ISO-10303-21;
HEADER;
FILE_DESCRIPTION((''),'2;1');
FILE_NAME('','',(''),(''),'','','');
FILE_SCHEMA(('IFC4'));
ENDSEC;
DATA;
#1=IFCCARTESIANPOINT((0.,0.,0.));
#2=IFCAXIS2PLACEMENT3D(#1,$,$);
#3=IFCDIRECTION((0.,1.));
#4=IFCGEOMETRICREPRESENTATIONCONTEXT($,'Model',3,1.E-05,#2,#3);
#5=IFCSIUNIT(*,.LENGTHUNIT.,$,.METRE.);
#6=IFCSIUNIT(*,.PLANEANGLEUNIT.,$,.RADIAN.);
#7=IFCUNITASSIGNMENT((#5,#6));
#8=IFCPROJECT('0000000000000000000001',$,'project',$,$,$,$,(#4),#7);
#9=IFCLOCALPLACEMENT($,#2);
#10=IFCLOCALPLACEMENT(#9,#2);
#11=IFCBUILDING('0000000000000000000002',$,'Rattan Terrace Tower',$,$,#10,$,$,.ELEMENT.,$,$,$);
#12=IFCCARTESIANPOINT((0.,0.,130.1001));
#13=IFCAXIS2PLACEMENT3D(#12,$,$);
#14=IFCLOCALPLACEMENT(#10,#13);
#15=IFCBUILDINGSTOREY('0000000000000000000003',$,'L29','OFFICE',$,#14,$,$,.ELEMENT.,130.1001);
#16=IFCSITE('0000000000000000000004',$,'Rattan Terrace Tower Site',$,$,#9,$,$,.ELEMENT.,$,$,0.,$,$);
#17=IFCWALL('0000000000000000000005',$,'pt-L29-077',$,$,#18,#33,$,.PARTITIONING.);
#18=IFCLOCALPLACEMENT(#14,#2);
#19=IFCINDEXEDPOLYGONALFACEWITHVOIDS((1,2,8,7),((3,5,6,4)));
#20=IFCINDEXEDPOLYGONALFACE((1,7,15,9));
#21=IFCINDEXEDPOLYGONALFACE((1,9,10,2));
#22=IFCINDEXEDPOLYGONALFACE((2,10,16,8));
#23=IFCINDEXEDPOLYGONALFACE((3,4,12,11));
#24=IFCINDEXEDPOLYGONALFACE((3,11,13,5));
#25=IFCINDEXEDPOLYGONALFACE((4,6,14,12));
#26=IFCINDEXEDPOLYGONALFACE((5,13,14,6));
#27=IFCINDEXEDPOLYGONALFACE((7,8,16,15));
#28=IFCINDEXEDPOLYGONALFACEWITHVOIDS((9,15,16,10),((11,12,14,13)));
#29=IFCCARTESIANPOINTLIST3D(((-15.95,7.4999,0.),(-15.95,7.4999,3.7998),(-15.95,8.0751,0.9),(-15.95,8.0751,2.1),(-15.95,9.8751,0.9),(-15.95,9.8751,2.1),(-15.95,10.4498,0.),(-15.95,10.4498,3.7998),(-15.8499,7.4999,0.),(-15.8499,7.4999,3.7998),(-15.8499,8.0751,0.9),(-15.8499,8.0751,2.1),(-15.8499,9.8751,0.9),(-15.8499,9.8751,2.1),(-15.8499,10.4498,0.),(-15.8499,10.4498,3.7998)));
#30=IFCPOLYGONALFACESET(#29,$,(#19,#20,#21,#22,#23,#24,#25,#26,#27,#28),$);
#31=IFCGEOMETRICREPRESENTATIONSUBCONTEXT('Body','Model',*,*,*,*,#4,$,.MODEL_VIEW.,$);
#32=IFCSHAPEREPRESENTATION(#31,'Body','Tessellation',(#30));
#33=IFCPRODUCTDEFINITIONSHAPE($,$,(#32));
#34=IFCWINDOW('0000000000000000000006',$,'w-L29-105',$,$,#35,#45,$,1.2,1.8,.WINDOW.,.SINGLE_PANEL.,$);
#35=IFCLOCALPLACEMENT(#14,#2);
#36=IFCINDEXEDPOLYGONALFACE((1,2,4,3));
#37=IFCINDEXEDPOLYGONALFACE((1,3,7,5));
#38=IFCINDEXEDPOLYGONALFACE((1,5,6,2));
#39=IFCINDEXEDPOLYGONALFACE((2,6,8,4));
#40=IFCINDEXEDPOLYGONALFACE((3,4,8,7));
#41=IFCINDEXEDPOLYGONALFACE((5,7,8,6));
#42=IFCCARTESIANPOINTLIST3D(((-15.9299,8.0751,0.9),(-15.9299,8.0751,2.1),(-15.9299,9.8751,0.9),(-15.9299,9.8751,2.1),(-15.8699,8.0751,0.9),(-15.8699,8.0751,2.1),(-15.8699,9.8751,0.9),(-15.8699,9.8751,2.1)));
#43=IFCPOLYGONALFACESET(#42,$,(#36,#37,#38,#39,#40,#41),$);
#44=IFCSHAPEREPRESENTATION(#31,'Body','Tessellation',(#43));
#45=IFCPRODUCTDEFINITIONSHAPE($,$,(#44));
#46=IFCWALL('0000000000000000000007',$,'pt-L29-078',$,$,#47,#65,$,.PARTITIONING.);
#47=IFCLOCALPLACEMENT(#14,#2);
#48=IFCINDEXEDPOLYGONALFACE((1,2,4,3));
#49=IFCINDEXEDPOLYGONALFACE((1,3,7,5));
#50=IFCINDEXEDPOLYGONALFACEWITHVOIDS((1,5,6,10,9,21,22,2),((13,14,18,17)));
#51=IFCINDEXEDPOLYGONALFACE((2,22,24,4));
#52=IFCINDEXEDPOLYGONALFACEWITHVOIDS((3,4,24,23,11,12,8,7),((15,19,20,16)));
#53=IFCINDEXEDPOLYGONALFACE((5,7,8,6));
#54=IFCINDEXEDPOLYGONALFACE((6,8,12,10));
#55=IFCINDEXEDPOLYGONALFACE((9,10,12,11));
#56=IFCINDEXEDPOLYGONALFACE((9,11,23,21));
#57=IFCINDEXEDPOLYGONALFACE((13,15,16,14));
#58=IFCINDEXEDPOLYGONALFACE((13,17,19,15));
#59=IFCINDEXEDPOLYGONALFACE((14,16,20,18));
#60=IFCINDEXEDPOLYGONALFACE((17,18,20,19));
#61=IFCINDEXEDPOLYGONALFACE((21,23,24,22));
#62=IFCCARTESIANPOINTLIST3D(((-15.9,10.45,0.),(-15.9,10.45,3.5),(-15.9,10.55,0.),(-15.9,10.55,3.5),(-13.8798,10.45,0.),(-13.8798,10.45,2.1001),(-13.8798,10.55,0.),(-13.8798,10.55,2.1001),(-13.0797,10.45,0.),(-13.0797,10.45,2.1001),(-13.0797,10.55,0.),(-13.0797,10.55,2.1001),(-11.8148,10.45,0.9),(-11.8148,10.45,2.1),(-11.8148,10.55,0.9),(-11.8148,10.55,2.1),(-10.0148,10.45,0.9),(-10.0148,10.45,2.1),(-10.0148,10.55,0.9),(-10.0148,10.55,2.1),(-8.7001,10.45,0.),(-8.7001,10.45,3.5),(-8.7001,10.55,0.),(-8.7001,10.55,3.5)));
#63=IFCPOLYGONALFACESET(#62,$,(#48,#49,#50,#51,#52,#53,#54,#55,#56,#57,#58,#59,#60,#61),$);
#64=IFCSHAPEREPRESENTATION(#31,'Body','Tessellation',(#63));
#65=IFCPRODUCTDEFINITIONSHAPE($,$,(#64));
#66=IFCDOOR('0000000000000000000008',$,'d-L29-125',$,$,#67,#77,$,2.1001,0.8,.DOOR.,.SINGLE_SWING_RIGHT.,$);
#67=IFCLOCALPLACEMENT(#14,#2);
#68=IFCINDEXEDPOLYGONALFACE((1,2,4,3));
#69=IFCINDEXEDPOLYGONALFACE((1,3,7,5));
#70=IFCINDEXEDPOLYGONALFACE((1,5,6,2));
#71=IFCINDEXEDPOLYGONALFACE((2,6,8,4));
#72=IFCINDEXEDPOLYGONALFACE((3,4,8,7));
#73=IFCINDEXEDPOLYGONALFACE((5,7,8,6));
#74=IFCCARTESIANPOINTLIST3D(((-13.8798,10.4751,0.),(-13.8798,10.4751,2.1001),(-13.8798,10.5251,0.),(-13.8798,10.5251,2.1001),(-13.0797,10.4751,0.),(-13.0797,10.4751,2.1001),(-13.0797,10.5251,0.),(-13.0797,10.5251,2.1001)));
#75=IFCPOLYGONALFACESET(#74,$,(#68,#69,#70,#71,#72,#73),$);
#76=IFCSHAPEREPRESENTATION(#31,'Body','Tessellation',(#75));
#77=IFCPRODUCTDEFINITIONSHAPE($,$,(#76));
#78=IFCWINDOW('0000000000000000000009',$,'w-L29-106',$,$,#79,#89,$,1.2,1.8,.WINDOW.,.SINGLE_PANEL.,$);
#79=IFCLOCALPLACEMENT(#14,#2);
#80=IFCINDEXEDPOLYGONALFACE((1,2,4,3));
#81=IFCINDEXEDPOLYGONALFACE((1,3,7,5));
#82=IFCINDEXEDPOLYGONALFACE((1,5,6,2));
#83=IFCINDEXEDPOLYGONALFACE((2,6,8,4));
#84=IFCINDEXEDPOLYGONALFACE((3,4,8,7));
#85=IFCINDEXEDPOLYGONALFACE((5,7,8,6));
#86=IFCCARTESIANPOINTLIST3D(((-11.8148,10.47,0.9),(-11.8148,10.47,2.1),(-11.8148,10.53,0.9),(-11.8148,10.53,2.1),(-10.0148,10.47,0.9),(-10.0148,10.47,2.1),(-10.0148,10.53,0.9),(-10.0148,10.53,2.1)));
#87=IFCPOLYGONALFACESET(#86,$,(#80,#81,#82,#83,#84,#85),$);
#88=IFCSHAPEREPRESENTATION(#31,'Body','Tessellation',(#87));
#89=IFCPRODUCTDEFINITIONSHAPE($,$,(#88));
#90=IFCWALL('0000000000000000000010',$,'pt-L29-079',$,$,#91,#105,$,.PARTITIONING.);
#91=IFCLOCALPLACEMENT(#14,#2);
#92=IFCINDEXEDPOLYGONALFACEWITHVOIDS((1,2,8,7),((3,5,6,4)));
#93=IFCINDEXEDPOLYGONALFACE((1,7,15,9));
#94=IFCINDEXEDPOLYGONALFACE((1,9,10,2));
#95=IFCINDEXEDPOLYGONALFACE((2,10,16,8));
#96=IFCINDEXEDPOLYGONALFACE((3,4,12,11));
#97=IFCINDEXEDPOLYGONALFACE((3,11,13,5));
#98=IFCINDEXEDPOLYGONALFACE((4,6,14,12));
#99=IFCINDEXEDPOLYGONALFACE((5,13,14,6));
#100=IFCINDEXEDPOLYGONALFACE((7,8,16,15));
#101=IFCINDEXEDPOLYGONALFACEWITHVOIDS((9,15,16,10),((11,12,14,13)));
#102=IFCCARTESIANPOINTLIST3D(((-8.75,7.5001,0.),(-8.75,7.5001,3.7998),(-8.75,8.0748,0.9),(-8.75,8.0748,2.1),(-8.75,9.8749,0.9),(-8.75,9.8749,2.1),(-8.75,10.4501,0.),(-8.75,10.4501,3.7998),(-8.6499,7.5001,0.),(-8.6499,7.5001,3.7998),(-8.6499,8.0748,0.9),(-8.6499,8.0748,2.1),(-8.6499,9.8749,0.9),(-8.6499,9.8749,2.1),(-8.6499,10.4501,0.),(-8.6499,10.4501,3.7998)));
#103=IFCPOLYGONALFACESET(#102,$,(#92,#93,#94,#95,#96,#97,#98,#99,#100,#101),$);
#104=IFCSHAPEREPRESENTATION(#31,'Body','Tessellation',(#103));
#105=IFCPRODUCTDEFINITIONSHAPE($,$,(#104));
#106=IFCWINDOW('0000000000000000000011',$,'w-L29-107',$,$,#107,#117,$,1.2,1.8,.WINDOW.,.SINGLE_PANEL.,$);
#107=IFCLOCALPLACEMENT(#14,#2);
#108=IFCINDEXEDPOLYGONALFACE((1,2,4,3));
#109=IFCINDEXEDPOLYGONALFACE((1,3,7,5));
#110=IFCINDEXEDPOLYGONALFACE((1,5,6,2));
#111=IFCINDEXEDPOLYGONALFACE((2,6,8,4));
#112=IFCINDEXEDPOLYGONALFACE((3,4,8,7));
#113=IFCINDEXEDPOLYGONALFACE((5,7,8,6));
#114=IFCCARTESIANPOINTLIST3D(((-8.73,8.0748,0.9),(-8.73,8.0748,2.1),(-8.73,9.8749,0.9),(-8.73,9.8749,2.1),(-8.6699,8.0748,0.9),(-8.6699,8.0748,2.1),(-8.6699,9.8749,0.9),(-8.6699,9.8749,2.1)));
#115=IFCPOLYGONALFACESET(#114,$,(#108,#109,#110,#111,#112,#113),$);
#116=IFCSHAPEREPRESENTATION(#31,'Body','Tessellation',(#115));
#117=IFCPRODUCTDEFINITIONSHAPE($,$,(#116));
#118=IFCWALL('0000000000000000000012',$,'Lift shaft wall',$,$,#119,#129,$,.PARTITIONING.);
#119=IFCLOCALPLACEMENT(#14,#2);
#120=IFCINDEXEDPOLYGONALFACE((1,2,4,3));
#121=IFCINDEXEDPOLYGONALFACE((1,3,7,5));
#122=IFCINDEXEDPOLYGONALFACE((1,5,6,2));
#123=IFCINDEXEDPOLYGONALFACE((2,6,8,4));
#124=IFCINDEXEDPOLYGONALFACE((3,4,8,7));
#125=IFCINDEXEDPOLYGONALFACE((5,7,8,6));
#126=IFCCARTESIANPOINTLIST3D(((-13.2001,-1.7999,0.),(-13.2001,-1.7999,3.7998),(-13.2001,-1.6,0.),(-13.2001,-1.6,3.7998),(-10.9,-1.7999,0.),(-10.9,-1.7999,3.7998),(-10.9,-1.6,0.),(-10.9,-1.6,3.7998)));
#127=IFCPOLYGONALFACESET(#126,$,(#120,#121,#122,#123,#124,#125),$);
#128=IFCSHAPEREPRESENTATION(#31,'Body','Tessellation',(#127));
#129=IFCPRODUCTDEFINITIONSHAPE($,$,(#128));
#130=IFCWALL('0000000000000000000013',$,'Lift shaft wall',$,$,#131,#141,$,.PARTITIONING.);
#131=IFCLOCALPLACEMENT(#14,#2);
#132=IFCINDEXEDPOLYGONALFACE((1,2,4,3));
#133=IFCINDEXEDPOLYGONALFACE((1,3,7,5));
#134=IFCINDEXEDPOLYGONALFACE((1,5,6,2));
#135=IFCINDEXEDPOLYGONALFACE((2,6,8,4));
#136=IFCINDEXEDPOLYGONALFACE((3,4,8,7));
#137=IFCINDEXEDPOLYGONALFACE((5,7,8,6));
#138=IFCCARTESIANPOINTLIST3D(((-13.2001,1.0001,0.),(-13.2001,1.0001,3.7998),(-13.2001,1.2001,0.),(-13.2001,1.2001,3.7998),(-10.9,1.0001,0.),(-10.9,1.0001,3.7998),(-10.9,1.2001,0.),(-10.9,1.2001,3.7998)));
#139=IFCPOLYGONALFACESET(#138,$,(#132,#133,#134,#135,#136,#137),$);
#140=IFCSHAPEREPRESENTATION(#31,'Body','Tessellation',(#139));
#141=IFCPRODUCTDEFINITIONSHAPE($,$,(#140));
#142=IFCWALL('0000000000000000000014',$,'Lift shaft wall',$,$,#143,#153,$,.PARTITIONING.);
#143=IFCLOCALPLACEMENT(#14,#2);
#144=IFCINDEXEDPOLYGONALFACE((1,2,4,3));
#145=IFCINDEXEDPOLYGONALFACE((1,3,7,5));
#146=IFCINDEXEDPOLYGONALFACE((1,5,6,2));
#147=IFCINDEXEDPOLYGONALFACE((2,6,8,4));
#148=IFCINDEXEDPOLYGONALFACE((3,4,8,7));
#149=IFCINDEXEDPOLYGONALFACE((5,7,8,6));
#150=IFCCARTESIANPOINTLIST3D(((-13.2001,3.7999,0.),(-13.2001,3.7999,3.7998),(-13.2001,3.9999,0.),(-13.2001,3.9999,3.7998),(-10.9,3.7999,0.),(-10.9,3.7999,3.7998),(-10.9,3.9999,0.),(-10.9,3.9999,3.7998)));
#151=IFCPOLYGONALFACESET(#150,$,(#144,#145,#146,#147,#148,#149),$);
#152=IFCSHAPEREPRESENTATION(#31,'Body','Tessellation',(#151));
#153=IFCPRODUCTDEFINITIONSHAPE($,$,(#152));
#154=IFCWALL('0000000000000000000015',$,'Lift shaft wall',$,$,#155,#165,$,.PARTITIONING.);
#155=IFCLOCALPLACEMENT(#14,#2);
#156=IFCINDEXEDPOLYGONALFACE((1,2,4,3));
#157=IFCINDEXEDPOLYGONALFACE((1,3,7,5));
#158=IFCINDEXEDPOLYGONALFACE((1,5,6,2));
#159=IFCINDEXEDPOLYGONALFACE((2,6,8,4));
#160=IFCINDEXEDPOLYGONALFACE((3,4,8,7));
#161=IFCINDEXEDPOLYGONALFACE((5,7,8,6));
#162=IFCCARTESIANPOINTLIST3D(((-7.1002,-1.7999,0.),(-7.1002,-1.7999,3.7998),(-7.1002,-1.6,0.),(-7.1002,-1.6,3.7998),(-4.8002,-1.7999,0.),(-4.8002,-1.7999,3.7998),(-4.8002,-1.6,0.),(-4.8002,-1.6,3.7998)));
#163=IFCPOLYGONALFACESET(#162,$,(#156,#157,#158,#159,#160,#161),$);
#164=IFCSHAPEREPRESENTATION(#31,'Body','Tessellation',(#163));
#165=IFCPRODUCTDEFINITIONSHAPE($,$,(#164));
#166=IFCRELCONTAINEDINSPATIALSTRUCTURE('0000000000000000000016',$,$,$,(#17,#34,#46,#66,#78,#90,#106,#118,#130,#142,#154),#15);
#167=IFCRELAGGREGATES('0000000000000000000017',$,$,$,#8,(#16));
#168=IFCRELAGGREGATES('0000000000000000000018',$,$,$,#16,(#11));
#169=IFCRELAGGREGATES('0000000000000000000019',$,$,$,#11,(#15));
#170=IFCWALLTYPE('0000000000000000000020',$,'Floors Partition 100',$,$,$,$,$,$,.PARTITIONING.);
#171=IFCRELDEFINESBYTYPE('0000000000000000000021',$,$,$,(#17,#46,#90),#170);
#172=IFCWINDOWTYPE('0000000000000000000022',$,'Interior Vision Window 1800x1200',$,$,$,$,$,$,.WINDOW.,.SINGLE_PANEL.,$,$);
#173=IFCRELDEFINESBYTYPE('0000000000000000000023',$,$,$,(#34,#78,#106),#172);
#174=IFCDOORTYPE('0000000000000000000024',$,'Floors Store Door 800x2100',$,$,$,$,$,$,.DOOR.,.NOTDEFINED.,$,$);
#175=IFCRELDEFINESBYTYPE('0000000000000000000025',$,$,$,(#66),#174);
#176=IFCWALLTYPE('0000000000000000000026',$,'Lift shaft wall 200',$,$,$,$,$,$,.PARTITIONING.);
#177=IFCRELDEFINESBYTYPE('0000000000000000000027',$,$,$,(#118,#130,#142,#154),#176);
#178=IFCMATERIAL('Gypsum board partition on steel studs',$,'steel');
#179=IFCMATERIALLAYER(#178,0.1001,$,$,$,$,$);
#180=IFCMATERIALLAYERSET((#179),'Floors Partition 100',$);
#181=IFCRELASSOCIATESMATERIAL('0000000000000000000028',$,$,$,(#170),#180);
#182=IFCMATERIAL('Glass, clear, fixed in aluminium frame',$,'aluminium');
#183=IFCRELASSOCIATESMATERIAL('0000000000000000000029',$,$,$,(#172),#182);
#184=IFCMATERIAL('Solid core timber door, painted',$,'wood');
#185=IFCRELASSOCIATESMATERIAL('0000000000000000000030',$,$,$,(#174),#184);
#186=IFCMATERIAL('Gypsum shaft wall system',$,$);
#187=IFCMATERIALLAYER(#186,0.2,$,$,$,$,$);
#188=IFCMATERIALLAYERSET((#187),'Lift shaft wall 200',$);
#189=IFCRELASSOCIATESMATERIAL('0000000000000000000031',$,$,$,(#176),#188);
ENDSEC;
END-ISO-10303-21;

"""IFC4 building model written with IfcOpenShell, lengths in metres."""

from ifc_helpers import new_model, si_unit, direction, frame, frame_2d, origin, place, context, subcontext, project, spatial, rectangle, extrude, material, layer, layer_set, type_object, element, fill, save


model = new_model("IFC4")

# Units and contexts
model_context = context("Model", 3, precision=1e-05, world=origin(), true_north=direction((0.0, 1.0)))
body_context = subcontext(model_context, "Body", "Model", "MODEL_VIEW")
ifc_project = project(units=[si_unit("LENGTHUNIT", "METRE"), si_unit("PLANEANGLEUNIT", "RADIAN")], contexts=[model_context])

# Site, building, storey
site_placement = place(None, origin())
site = spatial("IfcSite", under=ifc_project, at=site_placement, Name="Rattan Terrace Tower Site", CompositionType="ELEMENT", RefElevation=0.0)
building_placement = place(site_placement, origin())
building = spatial("IfcBuilding", under=site, at=building_placement, Name="Rattan Terrace Tower", CompositionType="ELEMENT")
storey_placement = place(building_placement, frame((0.0, 0.0, 130.1001)))
storey = spatial("IfcBuildingStorey", under=building, at=storey_placement, Name="L29", Description="OFFICE", CompositionType="ELEMENT", Elevation=130.1001)

# Wall, opening, window
ifc_material_1 = material(Name="Gypsum board partition on steel studs", Category="steel")
ifc_layer_1 = layer(ifc_material_1, 0.1001)
ifc_layer_set_1 = layer_set([ifc_layer_1], Name="Floors Partition 100")
wall_type_1 = type_object("IfcWallType", Name="Floors Partition 100", PredefinedType="PARTITIONING", material=ifc_layer_set_1)
wall_1_placement = place(storey_placement, frame((-15.8999, 10.45, 0.0), z_axis=(0.0, 0.0, 1.0), x_axis=(0.0, -1.0, 0.0)))
wall_1 = element("IfcWall", 1, at=wall_1_placement, inside=storey, type_object=wall_type_1, Name="pt-L29-077", PredefinedType="PARTITIONING", context=body_context, shape_type="SweptSolid", body=[
    extrude(rectangle(XDim=2.95, YDim=0.1001, at=frame_2d((1.4751, 0.0))), origin(), (0.0, 0.0, 1.0), 3.7998),
])
opening_1_placement = place(wall_1_placement, frame((0.575, 0.0, 0.8999)))
opening_1 = element("IfcOpeningElement", 2, at=opening_1_placement, cuts=wall_1, PredefinedType="OPENING", context=body_context, shape_type="SweptSolid", body=[
    extrude(rectangle(XDim=1.8, YDim=1.2, at=frame_2d((0.8999, 0.6001))), frame((0.0, 0.0605, 0.0), z_axis=(0.0, -1.0, 0.0), x_axis=(1.0, 0.0, 0.0)), (0.0, 0.0, 1.0), 0.1211),
])
ifc_material_2 = material(Name="Glass, clear, fixed in aluminium frame", Category="aluminium")
window_type = type_object("IfcWindowType", Name="Interior Vision Window 1800x1200", PartitioningType="SINGLE_PANEL", PredefinedType="WINDOW", material=ifc_material_2)
window_1_placement = place(opening_1_placement, origin())
window_1 = element("IfcWindow", 3, at=window_1_placement, inside=storey, type_object=window_type, Name="w-L29-105", OverallHeight=1.2, OverallWidth=1.8, PartitioningType="SINGLE_PANEL", PredefinedType="WINDOW", context=body_context, shape_type="SweptSolid", body=[
    extrude(rectangle(XDim=1.8, YDim=1.2, at=frame_2d((0.8999, 0.6001))), frame((0.0, 0.03, 0.0), z_axis=(0.0, -1.0, 0.0), x_axis=(1.0, 0.0, 0.0)), (0.0, 0.0, 1.0), 0.0601),
])
fill(opening_1, window_1)

# Wall, openings, door, window
wall_2_placement = place(storey_placement, frame((-8.7, 10.5, 0.0), z_axis=(0.0, 0.0, 1.0), x_axis=(-1.0, 0.0, 0.0)))
wall_2 = element("IfcWall", 4, at=wall_2_placement, inside=storey, type_object=wall_type_1, Name="pt-L29-078", PredefinedType="PARTITIONING", context=body_context, shape_type="SweptSolid", body=[
    extrude(rectangle(XDim=7.2, YDim=0.1001, at=frame_2d((3.6001, 0.0))), origin(), (0.0, 0.0, 1.0), 3.5),
])
opening_2_placement = place(wall_2_placement, frame((4.3799, 0.0, 0.0)))
opening_2 = element("IfcOpeningElement", 5, at=opening_2_placement, cuts=wall_2, PredefinedType="OPENING", context=body_context, shape_type="SweptSolid", body=[
    extrude(rectangle(XDim=0.8, YDim=2.1001, at=frame_2d((0.3999, 1.05))), frame((0.0, 0.0605, 0.0), z_axis=(0.0, -1.0, 0.0), x_axis=(1.0, 0.0, 0.0)), (0.0, 0.0, 1.0), 0.1211),
])
opening_3_placement = place(wall_2_placement, frame((1.3149, 0.0, 0.8999)))
opening_3 = element("IfcOpeningElement", 6, at=opening_3_placement, cuts=wall_2, PredefinedType="OPENING", context=body_context, shape_type="SweptSolid", body=[
    extrude(rectangle(XDim=1.8, YDim=1.2, at=frame_2d((0.8999, 0.6001))), frame((0.0, 0.0605, 0.0), z_axis=(0.0, -1.0, 0.0), x_axis=(1.0, 0.0, 0.0)), (0.0, 0.0, 1.0), 0.1211),
])
ifc_material_3 = material(Name="Solid core timber door, painted", Category="wood")
door_type = type_object("IfcDoorType", Name="Floors Store Door 800x2100", OperationType="NOTDEFINED", PredefinedType="DOOR", material=ifc_material_3)
door_placement = place(opening_2_placement, origin())
door = element("IfcDoor", 7, at=door_placement, inside=storey, type_object=door_type, Name="d-L29-125", OperationType="SINGLE_SWING_RIGHT", OverallHeight=2.1001, OverallWidth=0.8, PredefinedType="DOOR", context=body_context, shape_type="SweptSolid", body=[
    extrude(rectangle(XDim=0.8, YDim=2.1001, at=frame_2d((0.3999, 1.05))), frame((0.0, 0.0249, 0.0), z_axis=(0.0, -1.0, 0.0), x_axis=(1.0, 0.0, 0.0)), (0.0, 0.0, 1.0), 0.05),
])
fill(opening_2, door)
window_2_placement = place(opening_3_placement, origin())
window_2 = element("IfcWindow", 8, at=window_2_placement, inside=storey, type_object=window_type, Name="w-L29-106", OverallHeight=1.2, OverallWidth=1.8, PartitioningType="SINGLE_PANEL", PredefinedType="WINDOW", context=body_context, shape_type="SweptSolid", body=[
    extrude(rectangle(XDim=1.8, YDim=1.2, at=frame_2d((0.8999, 0.6001))), frame((0.0, 0.03, 0.0), z_axis=(0.0, -1.0, 0.0), x_axis=(1.0, 0.0, 0.0)), (0.0, 0.0, 1.0), 0.0601),
])
fill(opening_3, window_2)

# Wall, opening, window
wall_3_placement = place(storey_placement, frame((-8.7, 7.5, 0.0), z_axis=(0.0, 0.0, 1.0), x_axis=(0.0, 1.0, 0.0)))
wall_3 = element("IfcWall", 9, at=wall_3_placement, inside=storey, type_object=wall_type_1, Name="pt-L29-079", PredefinedType="PARTITIONING", context=body_context, shape_type="SweptSolid", body=[
    extrude(rectangle(XDim=2.95, YDim=0.1001, at=frame_2d((1.4751, 0.0))), origin(), (0.0, 0.0, 1.0), 3.7998),
])
opening_4_placement = place(wall_3_placement, frame((0.575, 0.0, 0.8999)))
opening_4 = element("IfcOpeningElement", 10, at=opening_4_placement, cuts=wall_3, PredefinedType="OPENING", context=body_context, shape_type="SweptSolid", body=[
    extrude(rectangle(XDim=1.8, YDim=1.2, at=frame_2d((0.8999, 0.6001))), frame((0.0, 0.0605, 0.0), z_axis=(0.0, -1.0, 0.0), x_axis=(1.0, 0.0, 0.0)), (0.0, 0.0, 1.0), 0.1211),
])
window_3_placement = place(opening_4_placement, origin())
window_3 = element("IfcWindow", 11, at=window_3_placement, inside=storey, type_object=window_type, Name="w-L29-107", OverallHeight=1.2, OverallWidth=1.8, PartitioningType="SINGLE_PANEL", PredefinedType="WINDOW", context=body_context, shape_type="SweptSolid", body=[
    extrude(rectangle(XDim=1.8, YDim=1.2, at=frame_2d((0.8999, 0.6001))), frame((0.0, 0.03, 0.0), z_axis=(0.0, -1.0, 0.0), x_axis=(1.0, 0.0, 0.0)), (0.0, 0.0, 1.0), 0.0601),
])
fill(opening_4, window_3)

# Walls
ifc_material_4 = material(Name="Gypsum shaft wall system")
ifc_layer_2 = layer(ifc_material_4, 0.2)
ifc_layer_set_2 = layer_set([ifc_layer_2], Name="Lift shaft wall 200")
wall_type_2 = type_object("IfcWallType", Name="Lift shaft wall 200", PredefinedType="PARTITIONING", material=ifc_layer_set_2)
for number, where, z_axis, x_axis, name in (
    (12, (-13.2, -1.7, 0.0), (0.0, 0.0, 1.0), (1.0, 0.0, 0.0), "Lift shaft wall"),
    (13, (-13.2, 1.1001, 0.0), (0.0, 0.0, 1.0), (1.0, 0.0, 0.0), "Lift shaft wall"),
    (14, (-13.2, 3.8999, 0.0), (0.0, 0.0, 1.0), (1.0, 0.0, 0.0), "Lift shaft wall"),
    (15, (-7.1001, -1.7, 0.0), (0.0, 0.0, 1.0), (1.0, 0.0, 0.0), "Lift shaft wall"),
):
    element("IfcWall", number, at=place(storey_placement, frame(where, z_axis=z_axis, x_axis=x_axis)), inside=storey, type_object=wall_type_2, Name=name, PredefinedType="PARTITIONING", context=body_context, shape_type="SweptSolid", body=[
        extrude(rectangle(XDim=2.3, YDim=0.2, at=frame_2d((1.1499, 0.0))), origin(), (0.0, 0.0, 1.0), 3.7998),
    ])

save(model, "model.ifc")
